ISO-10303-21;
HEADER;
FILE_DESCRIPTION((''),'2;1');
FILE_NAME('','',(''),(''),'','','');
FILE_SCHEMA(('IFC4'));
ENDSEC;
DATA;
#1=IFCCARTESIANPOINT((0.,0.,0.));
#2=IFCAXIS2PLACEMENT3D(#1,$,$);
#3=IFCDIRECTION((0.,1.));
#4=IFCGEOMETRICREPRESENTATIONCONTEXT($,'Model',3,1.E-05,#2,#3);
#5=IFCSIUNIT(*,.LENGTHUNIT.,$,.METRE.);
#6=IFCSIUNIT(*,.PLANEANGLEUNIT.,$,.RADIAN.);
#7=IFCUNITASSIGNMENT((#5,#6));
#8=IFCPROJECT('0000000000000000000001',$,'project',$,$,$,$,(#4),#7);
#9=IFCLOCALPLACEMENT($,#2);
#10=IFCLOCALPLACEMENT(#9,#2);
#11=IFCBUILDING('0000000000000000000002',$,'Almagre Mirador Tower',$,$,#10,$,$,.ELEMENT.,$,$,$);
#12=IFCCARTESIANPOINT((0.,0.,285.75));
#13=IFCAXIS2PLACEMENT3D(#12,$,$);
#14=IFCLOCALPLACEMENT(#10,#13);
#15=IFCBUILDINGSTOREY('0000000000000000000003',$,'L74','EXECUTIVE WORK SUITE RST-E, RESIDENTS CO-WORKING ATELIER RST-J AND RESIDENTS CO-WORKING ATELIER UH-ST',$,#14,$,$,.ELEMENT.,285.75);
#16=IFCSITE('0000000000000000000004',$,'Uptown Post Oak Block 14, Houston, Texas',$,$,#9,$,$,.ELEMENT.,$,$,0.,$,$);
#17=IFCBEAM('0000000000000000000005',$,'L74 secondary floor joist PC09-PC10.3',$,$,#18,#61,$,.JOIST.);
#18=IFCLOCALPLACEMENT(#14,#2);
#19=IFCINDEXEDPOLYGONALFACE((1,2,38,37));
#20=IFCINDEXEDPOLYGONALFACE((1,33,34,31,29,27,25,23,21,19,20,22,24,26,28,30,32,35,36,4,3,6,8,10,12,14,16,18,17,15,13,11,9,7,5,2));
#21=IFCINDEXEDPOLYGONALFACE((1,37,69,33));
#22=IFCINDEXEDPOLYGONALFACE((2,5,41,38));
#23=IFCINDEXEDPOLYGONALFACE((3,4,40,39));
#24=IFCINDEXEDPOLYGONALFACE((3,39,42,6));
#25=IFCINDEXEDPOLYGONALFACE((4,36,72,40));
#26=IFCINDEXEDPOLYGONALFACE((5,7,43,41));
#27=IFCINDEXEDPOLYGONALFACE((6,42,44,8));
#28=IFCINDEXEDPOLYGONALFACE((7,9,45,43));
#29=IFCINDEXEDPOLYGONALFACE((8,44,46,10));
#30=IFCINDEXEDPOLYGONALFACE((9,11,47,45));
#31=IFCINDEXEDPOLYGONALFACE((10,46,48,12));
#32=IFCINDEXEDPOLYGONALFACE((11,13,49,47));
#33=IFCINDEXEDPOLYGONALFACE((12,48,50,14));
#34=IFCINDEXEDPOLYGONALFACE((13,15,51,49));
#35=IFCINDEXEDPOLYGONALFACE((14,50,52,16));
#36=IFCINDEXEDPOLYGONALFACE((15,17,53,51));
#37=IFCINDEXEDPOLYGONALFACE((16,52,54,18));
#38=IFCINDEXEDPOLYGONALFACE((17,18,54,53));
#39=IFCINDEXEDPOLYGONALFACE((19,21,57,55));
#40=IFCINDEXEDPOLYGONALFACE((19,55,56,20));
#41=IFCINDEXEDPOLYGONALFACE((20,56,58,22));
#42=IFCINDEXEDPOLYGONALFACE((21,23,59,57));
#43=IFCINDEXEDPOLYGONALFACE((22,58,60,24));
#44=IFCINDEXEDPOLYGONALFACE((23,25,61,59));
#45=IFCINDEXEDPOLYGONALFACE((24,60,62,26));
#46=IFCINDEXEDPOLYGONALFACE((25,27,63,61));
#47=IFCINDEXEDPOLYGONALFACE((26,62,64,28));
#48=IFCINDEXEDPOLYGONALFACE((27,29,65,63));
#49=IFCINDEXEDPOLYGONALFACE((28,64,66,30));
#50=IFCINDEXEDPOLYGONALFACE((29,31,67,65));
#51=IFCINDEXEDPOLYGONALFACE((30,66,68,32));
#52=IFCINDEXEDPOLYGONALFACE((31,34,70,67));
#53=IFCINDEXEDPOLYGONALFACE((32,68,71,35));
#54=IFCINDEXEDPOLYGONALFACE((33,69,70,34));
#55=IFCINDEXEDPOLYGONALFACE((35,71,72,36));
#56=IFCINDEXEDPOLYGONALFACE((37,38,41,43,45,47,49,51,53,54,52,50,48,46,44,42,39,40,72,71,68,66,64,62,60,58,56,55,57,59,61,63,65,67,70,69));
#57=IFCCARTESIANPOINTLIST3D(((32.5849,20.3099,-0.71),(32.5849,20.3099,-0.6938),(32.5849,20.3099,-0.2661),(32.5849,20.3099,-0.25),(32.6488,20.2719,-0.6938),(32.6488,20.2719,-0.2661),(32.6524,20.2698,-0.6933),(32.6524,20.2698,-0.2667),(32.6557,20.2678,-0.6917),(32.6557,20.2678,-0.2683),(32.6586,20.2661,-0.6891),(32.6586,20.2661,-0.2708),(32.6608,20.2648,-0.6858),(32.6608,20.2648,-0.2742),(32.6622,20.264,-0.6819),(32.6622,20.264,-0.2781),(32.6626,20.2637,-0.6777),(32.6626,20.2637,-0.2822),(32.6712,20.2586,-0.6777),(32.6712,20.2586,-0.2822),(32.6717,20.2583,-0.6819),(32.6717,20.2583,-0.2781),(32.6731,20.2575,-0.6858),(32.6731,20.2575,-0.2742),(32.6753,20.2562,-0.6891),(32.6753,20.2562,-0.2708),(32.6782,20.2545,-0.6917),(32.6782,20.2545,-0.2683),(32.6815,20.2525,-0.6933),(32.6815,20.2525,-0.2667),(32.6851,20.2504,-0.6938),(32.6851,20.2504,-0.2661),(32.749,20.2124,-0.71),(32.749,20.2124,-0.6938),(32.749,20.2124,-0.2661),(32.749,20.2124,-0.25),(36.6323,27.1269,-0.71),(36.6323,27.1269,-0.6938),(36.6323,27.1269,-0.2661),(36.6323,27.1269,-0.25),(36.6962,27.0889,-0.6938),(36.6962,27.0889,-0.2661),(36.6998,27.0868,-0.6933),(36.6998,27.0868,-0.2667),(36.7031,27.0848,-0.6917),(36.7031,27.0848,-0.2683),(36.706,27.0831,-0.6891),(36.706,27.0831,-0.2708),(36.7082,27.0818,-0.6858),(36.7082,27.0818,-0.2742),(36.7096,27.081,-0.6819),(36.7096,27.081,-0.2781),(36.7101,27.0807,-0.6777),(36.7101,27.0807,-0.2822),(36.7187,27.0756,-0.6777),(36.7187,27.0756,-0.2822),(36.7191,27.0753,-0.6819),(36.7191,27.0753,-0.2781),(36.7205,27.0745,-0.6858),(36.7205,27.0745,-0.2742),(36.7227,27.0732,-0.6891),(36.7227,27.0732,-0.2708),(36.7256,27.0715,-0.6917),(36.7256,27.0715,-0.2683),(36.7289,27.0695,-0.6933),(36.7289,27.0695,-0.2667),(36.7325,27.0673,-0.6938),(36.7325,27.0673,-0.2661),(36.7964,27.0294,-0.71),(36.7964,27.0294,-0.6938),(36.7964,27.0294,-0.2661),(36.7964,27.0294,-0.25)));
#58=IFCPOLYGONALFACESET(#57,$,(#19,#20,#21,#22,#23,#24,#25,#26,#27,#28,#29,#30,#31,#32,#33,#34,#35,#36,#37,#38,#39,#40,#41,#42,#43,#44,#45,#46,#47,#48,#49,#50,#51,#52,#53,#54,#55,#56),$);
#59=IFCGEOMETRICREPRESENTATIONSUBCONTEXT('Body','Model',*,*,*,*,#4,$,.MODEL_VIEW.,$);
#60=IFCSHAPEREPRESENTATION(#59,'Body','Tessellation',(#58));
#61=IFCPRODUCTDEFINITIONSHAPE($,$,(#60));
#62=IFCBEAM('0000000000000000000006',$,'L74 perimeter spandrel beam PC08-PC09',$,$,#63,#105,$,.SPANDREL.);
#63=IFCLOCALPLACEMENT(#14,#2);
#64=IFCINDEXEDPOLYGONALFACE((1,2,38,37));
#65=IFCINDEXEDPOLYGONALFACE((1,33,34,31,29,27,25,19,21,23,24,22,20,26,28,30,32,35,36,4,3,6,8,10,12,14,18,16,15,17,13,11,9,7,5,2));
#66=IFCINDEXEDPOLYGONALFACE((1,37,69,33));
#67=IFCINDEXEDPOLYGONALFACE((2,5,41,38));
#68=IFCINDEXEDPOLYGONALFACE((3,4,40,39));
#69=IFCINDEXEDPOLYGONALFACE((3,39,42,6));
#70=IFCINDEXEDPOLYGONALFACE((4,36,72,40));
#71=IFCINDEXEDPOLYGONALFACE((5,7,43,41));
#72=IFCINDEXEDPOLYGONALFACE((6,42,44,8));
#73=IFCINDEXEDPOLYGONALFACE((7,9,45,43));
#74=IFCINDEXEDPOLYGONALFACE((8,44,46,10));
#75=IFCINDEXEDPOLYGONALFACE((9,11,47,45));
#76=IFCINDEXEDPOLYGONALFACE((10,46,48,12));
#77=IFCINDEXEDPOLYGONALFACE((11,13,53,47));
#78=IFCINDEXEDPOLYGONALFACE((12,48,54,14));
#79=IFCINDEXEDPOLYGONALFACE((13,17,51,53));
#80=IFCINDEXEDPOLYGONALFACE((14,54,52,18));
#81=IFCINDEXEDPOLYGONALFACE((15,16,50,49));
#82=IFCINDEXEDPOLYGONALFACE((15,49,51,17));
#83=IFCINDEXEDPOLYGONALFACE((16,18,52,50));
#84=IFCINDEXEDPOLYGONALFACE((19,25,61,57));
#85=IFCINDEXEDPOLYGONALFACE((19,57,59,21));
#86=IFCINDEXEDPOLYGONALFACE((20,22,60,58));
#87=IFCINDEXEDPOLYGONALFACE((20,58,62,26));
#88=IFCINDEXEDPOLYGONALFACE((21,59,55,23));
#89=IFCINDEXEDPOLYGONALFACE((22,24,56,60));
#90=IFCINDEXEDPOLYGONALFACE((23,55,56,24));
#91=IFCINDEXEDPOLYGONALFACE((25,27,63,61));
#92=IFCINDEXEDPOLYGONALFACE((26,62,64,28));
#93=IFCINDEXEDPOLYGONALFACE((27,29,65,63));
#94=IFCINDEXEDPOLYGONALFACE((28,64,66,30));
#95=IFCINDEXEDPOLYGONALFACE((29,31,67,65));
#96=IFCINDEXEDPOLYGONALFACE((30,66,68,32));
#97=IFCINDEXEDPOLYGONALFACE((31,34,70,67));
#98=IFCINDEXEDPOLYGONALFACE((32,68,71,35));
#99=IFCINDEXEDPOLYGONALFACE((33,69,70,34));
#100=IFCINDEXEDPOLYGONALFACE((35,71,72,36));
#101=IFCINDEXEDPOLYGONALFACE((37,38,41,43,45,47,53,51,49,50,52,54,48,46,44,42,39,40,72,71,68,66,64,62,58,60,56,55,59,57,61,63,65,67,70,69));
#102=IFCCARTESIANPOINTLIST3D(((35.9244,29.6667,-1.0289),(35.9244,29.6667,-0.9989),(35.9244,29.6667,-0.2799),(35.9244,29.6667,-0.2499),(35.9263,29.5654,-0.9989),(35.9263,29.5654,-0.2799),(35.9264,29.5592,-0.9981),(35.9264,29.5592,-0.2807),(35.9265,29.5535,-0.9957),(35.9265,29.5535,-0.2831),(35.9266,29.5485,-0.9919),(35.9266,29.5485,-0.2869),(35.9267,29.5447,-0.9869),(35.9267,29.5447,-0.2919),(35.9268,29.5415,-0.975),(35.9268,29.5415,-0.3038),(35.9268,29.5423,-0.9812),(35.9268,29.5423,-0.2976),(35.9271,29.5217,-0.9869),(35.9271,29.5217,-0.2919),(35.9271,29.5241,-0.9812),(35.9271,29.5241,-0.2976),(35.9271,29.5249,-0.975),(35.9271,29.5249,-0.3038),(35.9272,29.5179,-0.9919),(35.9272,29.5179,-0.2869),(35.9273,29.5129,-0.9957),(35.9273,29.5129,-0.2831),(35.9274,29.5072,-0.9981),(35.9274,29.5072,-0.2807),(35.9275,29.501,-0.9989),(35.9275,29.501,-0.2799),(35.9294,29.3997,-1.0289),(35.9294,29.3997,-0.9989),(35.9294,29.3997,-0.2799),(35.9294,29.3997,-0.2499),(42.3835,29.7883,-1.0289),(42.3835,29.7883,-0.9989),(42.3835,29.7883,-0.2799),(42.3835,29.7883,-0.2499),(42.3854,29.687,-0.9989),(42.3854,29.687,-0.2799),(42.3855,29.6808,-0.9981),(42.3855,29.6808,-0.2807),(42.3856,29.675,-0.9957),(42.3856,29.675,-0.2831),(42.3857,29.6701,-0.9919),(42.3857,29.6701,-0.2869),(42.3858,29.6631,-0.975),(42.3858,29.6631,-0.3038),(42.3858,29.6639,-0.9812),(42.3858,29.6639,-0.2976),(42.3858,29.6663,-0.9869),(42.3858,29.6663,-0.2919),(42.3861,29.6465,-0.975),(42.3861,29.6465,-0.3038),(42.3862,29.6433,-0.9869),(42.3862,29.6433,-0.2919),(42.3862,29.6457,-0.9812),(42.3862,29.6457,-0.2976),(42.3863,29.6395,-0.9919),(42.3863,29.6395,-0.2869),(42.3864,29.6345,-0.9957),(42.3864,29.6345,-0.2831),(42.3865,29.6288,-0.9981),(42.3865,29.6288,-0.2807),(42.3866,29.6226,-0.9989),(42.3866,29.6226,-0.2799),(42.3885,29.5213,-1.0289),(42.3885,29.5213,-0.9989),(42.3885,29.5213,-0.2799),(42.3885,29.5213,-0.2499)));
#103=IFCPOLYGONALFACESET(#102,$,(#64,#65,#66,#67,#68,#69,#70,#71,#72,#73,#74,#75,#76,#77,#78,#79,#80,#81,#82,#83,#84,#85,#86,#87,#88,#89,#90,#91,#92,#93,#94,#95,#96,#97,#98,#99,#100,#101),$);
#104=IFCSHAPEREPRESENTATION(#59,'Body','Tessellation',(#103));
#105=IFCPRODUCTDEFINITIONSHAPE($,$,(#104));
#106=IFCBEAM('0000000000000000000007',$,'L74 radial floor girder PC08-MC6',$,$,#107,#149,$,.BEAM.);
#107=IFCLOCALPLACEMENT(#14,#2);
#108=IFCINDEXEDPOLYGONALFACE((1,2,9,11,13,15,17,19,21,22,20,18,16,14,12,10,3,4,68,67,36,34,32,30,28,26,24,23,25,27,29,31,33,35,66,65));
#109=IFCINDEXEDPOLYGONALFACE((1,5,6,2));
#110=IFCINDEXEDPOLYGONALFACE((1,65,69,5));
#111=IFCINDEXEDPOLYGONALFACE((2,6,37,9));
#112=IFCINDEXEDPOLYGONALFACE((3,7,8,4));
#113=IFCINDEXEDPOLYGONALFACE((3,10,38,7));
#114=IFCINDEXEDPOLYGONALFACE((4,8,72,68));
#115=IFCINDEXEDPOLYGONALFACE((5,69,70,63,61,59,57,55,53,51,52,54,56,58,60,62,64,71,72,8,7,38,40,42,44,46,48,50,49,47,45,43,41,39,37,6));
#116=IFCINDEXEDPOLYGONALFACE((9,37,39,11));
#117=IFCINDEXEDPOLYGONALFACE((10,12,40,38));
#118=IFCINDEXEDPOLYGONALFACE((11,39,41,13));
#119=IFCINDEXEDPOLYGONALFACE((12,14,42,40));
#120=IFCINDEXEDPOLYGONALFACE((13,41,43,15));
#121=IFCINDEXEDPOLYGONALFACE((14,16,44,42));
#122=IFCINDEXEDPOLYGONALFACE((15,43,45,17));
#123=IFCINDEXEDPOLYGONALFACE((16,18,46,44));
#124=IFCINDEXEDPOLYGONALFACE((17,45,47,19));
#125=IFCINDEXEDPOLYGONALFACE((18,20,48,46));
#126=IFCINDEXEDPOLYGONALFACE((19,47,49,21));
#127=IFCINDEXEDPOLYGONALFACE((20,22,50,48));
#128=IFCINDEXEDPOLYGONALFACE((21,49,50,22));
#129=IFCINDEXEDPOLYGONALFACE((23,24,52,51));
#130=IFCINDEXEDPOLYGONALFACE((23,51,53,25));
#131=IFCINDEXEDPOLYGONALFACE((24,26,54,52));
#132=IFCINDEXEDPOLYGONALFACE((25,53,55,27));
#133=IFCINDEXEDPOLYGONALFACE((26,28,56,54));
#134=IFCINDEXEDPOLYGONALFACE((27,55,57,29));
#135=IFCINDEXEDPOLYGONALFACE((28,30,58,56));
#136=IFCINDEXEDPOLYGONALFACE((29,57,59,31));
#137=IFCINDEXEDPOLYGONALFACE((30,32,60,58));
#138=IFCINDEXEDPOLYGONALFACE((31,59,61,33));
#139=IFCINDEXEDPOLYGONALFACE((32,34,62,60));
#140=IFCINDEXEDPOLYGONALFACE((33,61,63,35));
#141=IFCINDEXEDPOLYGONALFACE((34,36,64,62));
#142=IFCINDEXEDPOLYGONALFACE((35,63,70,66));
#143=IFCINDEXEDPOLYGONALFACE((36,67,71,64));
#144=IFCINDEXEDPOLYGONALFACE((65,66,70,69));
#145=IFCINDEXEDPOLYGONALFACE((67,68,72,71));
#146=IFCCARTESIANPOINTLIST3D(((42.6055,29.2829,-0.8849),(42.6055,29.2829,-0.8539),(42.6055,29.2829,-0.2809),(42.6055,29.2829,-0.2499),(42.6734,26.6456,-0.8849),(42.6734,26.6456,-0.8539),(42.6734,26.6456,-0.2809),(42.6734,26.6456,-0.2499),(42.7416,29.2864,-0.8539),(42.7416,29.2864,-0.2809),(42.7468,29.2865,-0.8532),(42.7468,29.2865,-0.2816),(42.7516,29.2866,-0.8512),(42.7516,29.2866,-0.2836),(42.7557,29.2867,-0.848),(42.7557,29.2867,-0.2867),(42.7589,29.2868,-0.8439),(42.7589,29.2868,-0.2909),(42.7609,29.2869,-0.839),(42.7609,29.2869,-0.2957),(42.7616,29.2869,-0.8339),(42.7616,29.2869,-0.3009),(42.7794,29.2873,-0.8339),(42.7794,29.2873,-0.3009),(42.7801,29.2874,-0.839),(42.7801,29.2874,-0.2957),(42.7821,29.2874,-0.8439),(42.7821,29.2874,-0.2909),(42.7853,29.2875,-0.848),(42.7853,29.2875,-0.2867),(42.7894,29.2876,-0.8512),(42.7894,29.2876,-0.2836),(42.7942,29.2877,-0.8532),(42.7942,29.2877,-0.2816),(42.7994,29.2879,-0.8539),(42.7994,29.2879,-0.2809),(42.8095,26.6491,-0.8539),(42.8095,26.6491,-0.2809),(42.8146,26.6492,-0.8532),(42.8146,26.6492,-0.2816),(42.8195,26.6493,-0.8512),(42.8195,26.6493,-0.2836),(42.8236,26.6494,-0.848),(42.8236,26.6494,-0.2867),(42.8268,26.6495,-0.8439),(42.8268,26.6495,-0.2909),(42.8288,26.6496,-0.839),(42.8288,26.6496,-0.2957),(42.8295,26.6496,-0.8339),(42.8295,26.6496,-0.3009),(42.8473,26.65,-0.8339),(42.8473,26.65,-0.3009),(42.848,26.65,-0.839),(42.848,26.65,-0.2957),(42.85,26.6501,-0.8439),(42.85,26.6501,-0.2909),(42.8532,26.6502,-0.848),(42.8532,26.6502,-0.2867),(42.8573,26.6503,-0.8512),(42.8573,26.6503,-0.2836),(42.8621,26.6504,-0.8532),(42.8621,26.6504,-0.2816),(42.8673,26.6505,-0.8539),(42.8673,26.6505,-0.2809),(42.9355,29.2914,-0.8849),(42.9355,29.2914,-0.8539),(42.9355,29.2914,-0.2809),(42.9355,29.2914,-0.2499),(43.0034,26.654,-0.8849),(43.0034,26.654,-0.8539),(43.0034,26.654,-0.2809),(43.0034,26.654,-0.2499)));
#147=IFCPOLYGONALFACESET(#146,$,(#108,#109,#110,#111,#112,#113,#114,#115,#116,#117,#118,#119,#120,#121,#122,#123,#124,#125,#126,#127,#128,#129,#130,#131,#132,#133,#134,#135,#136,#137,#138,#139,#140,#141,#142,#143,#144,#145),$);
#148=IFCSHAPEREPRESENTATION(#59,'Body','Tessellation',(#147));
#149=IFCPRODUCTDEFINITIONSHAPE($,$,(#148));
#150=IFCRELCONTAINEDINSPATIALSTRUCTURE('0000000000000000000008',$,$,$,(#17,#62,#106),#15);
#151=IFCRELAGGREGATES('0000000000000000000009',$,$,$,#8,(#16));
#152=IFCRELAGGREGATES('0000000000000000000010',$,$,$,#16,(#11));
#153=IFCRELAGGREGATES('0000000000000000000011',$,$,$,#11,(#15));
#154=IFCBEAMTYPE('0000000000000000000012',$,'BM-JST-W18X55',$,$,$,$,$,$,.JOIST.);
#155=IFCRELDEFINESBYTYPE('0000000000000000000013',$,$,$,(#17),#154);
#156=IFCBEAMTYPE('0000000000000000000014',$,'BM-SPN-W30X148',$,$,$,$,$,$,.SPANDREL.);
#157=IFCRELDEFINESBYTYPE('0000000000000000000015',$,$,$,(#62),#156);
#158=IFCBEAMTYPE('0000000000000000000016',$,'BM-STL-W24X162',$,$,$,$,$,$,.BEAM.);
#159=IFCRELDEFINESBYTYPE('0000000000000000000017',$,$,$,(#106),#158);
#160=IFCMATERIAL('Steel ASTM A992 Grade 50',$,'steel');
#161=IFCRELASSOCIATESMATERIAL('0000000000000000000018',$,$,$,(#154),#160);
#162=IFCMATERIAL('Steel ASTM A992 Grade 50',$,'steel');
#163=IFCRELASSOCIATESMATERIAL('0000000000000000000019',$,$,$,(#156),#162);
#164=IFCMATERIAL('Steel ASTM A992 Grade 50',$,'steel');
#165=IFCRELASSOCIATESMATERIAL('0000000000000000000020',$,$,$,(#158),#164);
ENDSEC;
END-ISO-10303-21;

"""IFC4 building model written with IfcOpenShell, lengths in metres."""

from ifc_helpers import new_model, si_unit, direction, frame, origin, origin_2d, place, context, subcontext, project, spatial, i_section, extrude, material, material_profile, profile_set, type_object, element, save


model = new_model("IFC4")

# Units and contexts
model_context = context("Model", 3, precision=1e-05, world=origin(), true_north=direction((0.0, 1.0)))
body_context = subcontext(model_context, "Body", "Model", "MODEL_VIEW")
ifc_project = project(units=[si_unit("LENGTHUNIT", "METRE"), si_unit("PLANEANGLEUNIT", "RADIAN")], contexts=[model_context])

# Site, building, storey
site_placement = place(None, origin())
site = spatial("IfcSite", under=ifc_project, at=site_placement, Name="Uptown Post Oak Block 14, Houston, Texas", CompositionType="ELEMENT", RefElevation=0.0)
building_placement = place(site_placement, origin())
building = spatial("IfcBuilding", under=site, at=building_placement, Name="Almagre Mirador Tower", CompositionType="ELEMENT")
storey_placement = place(building_placement, frame((0.0, 0.0, 285.75)))
storey = spatial("IfcBuildingStorey", under=building, at=storey_placement, Name="L74", Description="EXECUTIVE WORK SUITE RST-E, RESIDENTS CO-WORKING ATELIER RST-J AND RESIDENTS CO-WORKING ATELIER UH-ST", CompositionType="ELEMENT", Elevation=285.75)

# Beams
ifc_material_1 = material(Name="Steel ASTM A992 Grade 50", Category="steel")
ifc_material_profile_1 = material_profile(ifc_material_1, i_section(OverallWidth=0.1909, OverallDepth=0.46, WebThickness=0.01, FlangeThickness=0.0161, FilletRadius=0.0161, at=origin_2d()), Name="W18X55")
ifc_profile_set_1 = profile_set([ifc_material_profile_1], Name="Steel ASTM A992 Grade 50")
beam_type_1 = type_object("IfcBeamType", Name="BM-JST-W18X55", PredefinedType="JOIST", material=ifc_profile_set_1)
beam_1_placement = place(storey_placement, frame((36.7144, 27.0781, -0.48), z_axis=(-0.510523, -0.859864, 0.0), x_axis=(0.859864, -0.510523, 0.0)))
element("IfcBeam", 1, at=beam_1_placement, inside=storey, type_object=beam_type_1, Name="L74 secondary floor joist PC09-PC10.3", PredefinedType="JOIST", context=body_context, shape_type="SweptSolid", body=[
    extrude(i_section(OverallWidth=0.1909, OverallDepth=0.46, WebThickness=0.01, FlangeThickness=0.0161, FilletRadius=0.0161, at=origin_2d()), origin(), (0.0, 0.0, 1.0), 7.928),
])
ifc_material_2 = material(Name="Steel ASTM A992 Grade 50", Category="steel")
ifc_material_profile_2 = material_profile(ifc_material_2, i_section(OverallWidth=0.2671, OverallDepth=0.7791, WebThickness=0.0166, FlangeThickness=0.03, FilletRadius=0.0239, at=origin_2d()), Name="W30X148")
ifc_profile_set_2 = profile_set([ifc_material_profile_2], Name="Steel ASTM A992 Grade 50")
beam_type_2 = type_object("IfcBeamType", Name="BM-SPN-W30X148", PredefinedType="SPANDREL", material=ifc_profile_set_2)
beam_2_placement = place(storey_placement, frame((42.386, 29.6548, -0.6394), z_axis=(-0.999823, -0.01882, 0.0), x_axis=(0.01882, -0.999823, 0.0)))
element("IfcBeam", 2, at=beam_2_placement, inside=storey, type_object=beam_type_2, Name="L74 perimeter spandrel beam PC08-PC09", PredefinedType="SPANDREL", context=body_context, shape_type="SweptSolid", body=[
    extrude(i_section(OverallWidth=0.2671, OverallDepth=0.7791, WebThickness=0.0166, FlangeThickness=0.03, FilletRadius=0.0239, at=origin_2d()), origin(), (0.0, 0.0, 1.0), 6.4602),
])
ifc_material_3 = material(Name="Steel ASTM A992 Grade 50", Category="steel")
ifc_material_profile_3 = material_profile(ifc_material_3, i_section(OverallWidth=0.3301, OverallDepth=0.635, WebThickness=0.0178, FlangeThickness=0.031, FilletRadius=0.02, at=origin_2d()), Name="W24X162")
ifc_profile_set_3 = profile_set([ifc_material_profile_3], Name="Steel ASTM A992 Grade 50")
beam_type_3 = type_object("IfcBeamType", Name="BM-STL-W24X162", PredefinedType="BEAM", material=ifc_profile_set_3)
beam_3_placement = place(storey_placement, frame((42.7705, 29.2871, -0.5674), z_axis=(0.025727, -0.999669, 0.0), x_axis=(0.999669, 0.025727, 0.0)))
element("IfcBeam", 3, at=beam_3_placement, inside=storey, type_object=beam_type_3, Name="L74 radial floor girder PC08-MC6", PredefinedType="BEAM", context=body_context, shape_type="SweptSolid", body=[
    extrude(i_section(OverallWidth=0.3301, OverallDepth=0.635, WebThickness=0.0178, FlangeThickness=0.031, FilletRadius=0.02, at=origin_2d()), origin(), (0.0, 0.0, 1.0), 2.6382),
])

save(model, "model.ifc")
